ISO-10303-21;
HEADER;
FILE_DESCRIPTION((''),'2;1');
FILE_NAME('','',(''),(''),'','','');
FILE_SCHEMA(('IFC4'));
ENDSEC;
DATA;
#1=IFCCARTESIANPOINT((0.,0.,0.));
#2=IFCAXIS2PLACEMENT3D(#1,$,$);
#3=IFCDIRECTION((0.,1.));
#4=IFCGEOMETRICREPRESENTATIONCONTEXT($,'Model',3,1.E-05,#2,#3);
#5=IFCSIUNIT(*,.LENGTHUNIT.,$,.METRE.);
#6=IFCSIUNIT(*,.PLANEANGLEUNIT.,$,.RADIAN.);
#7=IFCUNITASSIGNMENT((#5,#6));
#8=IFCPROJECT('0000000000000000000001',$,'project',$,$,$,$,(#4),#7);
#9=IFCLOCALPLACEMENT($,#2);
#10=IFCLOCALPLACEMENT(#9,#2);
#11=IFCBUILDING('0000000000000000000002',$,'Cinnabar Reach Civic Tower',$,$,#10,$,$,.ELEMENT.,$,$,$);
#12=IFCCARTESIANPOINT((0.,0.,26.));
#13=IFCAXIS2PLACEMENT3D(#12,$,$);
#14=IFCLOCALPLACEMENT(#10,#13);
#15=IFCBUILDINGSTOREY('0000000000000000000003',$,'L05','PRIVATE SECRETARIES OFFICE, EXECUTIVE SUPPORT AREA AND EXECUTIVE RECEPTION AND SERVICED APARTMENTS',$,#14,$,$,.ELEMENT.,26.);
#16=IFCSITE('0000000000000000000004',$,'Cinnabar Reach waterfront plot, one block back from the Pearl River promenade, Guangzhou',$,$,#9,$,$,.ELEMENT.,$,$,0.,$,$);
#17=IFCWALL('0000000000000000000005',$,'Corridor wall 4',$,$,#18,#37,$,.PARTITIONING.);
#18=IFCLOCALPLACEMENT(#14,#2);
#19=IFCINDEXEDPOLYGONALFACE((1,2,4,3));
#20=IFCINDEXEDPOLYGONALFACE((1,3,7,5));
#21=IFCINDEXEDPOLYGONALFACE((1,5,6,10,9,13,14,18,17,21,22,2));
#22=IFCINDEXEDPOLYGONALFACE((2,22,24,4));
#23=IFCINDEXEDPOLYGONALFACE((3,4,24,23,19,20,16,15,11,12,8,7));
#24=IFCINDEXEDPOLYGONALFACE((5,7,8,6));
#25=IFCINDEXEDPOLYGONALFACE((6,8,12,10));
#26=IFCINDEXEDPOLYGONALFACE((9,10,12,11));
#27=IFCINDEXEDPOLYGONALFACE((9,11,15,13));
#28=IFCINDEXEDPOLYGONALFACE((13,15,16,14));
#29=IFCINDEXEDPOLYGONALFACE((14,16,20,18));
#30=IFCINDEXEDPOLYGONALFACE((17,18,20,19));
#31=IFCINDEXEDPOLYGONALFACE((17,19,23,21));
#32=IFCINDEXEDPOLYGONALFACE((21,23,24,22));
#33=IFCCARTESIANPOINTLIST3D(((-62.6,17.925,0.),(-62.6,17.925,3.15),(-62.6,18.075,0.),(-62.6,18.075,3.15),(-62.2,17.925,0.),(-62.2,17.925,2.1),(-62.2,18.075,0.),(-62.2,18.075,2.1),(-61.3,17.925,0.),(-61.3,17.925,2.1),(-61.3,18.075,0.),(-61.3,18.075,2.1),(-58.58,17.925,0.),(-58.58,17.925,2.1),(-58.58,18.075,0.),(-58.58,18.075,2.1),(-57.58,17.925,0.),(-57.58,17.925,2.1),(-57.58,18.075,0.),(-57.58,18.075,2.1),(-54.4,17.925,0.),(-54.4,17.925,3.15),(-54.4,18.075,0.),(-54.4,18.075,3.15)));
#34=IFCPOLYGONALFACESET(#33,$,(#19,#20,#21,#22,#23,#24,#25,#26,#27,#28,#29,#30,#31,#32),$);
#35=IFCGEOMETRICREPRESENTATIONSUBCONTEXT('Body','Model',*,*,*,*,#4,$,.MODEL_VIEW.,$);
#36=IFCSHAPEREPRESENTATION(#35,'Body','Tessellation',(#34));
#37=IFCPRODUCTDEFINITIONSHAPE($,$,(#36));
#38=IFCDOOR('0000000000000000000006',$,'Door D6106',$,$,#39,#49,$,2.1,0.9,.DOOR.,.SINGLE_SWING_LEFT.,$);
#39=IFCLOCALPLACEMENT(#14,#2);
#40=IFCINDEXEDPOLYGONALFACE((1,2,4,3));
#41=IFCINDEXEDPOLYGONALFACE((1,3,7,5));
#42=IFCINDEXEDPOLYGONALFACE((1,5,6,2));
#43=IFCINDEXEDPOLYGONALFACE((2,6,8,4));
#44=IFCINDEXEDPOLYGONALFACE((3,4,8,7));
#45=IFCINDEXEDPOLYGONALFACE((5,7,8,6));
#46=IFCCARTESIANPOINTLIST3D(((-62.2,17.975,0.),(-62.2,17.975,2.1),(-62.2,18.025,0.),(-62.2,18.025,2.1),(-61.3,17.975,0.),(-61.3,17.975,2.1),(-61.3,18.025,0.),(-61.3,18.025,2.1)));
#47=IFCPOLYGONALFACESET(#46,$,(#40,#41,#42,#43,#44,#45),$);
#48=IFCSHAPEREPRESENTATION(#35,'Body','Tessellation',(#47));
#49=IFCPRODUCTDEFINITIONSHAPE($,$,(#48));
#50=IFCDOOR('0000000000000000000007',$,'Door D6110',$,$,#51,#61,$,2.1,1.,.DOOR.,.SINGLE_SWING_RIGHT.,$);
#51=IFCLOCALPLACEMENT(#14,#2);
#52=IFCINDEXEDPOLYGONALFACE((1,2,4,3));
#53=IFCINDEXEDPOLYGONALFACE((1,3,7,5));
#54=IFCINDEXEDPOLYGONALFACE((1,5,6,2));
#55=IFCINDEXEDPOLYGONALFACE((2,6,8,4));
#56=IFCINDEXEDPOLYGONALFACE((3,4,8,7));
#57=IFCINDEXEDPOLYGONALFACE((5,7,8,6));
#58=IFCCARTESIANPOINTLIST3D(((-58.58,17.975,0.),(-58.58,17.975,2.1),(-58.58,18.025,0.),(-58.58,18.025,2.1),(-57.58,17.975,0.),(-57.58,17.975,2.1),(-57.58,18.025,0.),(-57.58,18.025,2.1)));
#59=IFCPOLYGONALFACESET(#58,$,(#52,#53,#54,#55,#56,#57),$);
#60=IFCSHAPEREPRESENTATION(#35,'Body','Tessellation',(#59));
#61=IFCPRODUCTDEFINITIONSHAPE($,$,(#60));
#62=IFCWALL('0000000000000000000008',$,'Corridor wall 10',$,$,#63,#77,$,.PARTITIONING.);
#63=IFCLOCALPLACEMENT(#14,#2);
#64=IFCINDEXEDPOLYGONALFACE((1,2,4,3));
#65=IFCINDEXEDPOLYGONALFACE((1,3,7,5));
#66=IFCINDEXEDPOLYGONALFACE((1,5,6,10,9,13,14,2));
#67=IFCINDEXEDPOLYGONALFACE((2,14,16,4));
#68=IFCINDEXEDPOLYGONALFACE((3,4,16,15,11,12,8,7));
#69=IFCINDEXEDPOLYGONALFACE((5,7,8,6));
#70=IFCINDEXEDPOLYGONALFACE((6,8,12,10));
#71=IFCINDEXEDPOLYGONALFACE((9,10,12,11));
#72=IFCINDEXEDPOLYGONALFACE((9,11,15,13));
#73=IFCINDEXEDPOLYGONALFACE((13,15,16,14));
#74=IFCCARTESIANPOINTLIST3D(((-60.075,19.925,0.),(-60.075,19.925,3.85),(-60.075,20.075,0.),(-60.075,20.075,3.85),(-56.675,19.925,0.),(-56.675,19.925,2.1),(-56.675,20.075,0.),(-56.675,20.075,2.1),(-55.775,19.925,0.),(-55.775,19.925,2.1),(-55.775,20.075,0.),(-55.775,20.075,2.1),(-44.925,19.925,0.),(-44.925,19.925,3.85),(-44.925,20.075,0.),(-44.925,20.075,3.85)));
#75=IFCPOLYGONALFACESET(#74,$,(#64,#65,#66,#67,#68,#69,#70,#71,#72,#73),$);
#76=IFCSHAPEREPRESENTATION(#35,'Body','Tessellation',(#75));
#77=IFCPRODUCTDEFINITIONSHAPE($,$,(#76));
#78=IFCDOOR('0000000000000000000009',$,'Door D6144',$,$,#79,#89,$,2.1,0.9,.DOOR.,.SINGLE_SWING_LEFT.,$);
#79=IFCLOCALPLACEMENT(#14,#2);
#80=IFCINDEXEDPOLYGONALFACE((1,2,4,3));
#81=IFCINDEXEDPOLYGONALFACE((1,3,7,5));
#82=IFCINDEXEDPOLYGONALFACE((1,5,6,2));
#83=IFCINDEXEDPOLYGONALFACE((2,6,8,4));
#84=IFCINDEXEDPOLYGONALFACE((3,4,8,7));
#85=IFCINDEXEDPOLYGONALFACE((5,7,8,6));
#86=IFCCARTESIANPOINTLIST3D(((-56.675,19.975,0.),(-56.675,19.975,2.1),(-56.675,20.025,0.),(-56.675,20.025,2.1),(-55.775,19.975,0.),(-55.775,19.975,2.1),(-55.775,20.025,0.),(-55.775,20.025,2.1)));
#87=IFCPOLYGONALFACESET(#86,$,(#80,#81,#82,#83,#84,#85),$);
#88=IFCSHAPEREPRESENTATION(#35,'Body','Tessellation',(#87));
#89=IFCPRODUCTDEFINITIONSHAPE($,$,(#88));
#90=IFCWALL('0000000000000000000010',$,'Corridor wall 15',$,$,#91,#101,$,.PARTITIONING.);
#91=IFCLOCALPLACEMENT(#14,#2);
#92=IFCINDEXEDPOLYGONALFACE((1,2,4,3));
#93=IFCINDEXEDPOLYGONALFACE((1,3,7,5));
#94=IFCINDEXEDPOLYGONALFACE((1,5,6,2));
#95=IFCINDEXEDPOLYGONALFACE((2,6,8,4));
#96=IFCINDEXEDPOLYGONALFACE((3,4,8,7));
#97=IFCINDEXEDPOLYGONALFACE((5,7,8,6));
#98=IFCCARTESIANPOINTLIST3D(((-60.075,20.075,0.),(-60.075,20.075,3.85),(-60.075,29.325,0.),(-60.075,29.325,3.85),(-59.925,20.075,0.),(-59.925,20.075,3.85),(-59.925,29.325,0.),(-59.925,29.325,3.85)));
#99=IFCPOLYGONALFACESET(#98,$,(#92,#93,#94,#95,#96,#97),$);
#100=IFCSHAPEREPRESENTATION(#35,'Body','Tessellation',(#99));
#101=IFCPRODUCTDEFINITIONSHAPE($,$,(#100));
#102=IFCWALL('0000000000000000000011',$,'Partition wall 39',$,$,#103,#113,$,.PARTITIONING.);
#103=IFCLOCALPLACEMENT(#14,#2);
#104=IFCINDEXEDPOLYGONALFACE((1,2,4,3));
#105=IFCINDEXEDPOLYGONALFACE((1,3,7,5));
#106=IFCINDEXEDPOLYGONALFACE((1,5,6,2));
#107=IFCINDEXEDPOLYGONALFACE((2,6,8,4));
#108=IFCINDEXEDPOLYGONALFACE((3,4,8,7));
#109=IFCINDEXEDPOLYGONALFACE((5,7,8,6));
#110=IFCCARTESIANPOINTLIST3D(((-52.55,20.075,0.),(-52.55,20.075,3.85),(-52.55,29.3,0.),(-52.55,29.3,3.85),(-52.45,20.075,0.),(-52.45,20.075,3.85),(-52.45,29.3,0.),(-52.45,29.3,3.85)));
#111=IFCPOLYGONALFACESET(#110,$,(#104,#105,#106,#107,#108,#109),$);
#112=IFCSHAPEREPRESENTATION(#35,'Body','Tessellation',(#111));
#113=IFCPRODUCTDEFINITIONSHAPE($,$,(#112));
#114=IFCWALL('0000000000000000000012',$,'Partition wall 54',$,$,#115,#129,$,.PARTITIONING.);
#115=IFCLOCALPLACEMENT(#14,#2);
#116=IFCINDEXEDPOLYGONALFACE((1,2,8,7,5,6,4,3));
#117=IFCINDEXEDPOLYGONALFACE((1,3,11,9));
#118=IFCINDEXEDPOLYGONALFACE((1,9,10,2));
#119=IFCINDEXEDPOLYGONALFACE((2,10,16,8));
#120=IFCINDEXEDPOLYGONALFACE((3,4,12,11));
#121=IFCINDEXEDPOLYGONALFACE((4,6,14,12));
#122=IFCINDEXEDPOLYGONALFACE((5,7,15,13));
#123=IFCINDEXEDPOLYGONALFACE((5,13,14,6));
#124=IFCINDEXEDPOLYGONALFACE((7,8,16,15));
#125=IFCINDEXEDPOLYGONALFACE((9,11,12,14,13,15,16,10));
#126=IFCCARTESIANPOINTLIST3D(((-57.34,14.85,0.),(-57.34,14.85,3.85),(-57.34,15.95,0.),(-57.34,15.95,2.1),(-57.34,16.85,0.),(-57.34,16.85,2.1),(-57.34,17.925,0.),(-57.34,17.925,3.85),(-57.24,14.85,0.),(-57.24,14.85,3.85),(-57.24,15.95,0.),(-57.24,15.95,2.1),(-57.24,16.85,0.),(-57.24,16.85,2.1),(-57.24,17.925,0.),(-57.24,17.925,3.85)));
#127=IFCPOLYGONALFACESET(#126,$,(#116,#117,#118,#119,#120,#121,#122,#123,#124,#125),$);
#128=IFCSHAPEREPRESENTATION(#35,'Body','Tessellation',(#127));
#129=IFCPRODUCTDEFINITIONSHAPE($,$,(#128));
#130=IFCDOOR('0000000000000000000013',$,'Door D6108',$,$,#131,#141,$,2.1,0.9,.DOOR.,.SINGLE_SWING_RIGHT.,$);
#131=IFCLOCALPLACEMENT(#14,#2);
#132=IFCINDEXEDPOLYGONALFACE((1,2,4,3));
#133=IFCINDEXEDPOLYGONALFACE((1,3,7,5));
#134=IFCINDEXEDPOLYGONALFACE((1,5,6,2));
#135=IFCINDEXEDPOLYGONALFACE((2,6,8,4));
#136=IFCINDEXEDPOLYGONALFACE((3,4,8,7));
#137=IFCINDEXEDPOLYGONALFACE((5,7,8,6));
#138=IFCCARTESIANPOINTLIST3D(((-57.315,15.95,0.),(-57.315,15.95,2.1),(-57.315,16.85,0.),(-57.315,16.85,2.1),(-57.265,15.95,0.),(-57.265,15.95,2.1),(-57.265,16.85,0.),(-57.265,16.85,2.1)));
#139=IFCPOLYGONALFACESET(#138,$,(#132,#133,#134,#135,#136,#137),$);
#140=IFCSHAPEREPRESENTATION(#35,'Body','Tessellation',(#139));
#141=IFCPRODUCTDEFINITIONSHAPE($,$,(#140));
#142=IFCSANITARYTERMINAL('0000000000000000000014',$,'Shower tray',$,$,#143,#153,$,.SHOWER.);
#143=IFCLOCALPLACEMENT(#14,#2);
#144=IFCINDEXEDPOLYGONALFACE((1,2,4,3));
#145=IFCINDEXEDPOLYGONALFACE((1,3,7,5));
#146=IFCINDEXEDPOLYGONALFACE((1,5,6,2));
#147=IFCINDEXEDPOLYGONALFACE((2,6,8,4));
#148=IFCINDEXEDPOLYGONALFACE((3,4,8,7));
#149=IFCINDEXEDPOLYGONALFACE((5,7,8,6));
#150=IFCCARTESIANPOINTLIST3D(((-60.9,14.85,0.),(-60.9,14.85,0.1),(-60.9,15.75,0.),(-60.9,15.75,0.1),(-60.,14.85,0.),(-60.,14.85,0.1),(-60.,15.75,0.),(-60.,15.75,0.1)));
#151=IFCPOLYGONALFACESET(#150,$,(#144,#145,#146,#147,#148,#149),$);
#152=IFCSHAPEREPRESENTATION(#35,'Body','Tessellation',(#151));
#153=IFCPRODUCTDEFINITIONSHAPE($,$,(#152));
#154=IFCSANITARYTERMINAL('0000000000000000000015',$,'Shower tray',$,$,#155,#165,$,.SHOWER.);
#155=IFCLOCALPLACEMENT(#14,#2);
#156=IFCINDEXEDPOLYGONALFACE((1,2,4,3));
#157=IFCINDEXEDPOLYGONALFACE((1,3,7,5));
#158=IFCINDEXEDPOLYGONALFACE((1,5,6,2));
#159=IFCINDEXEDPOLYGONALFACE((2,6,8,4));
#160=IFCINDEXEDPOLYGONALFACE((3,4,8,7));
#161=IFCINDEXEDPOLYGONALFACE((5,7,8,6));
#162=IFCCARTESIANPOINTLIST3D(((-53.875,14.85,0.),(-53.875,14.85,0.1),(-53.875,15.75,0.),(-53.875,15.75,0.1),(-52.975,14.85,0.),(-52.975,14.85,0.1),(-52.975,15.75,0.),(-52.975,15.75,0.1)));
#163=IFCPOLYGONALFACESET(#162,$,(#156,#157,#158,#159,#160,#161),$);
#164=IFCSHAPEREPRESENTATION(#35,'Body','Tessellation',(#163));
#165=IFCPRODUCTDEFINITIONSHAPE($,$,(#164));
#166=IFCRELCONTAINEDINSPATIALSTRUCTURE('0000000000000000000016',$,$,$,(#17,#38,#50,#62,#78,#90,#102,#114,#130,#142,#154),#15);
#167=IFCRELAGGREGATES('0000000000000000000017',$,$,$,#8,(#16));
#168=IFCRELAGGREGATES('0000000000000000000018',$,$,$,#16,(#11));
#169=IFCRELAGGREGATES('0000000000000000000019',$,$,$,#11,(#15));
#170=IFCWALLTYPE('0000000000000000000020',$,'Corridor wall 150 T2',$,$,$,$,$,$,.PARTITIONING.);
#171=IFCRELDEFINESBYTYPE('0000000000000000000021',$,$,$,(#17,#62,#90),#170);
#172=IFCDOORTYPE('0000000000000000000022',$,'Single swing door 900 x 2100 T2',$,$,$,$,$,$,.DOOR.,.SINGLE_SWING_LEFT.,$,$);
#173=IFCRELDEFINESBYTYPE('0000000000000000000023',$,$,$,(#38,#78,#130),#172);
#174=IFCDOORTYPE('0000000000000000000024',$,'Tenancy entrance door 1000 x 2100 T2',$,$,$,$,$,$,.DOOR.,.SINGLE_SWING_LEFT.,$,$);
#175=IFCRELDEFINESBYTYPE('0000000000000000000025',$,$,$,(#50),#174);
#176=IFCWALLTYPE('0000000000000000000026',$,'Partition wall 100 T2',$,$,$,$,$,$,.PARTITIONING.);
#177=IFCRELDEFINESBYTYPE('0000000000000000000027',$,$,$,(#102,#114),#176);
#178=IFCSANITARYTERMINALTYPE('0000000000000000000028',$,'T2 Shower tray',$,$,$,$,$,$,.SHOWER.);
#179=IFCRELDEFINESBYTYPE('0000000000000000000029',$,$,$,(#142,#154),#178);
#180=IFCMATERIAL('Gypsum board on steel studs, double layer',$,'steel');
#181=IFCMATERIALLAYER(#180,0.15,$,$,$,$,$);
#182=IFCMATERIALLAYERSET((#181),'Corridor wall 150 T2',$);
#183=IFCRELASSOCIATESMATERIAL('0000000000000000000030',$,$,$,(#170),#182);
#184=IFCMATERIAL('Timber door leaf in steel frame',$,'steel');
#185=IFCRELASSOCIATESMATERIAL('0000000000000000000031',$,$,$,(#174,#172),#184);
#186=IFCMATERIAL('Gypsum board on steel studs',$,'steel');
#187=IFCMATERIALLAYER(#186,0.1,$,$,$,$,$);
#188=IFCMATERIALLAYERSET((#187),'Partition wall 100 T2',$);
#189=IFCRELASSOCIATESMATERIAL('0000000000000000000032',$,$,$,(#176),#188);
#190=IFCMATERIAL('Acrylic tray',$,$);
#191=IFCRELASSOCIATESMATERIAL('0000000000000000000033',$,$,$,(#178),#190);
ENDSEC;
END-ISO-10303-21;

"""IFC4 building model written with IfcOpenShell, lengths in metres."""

from ifc_helpers import new_model, si_unit, direction, frame, frame_2d, origin, origin_2d, place, context, subcontext, project, spatial, rectangle, extrude, material, layer, layer_set, type_object, element, fill, save


model = new_model("IFC4")

# Units and contexts
model_context = context("Model", 3, precision=1e-05, world=origin(), true_north=direction((0.0, 1.0)))
body_context = subcontext(model_context, "Body", "Model", "MODEL_VIEW")
ifc_project = project(units=[si_unit("LENGTHUNIT", "METRE"), si_unit("PLANEANGLEUNIT", "RADIAN")], contexts=[model_context])

# Site, building, storey
site_placement = place(None, origin())
site = spatial("IfcSite", under=ifc_project, at=site_placement, Name="Cinnabar Reach waterfront plot, one block back from the Pearl River promenade, Guangzhou", CompositionType="ELEMENT", RefElevation=0.0)
building_placement = place(site_placement, origin())
building = spatial("IfcBuilding", under=site, at=building_placement, Name="Cinnabar Reach Civic Tower", CompositionType="ELEMENT")
storey_placement = place(building_placement, frame((0.0, 0.0, 26.0)))
storey = spatial("IfcBuildingStorey", under=building, at=storey_placement, Name="L05", Description="PRIVATE SECRETARIES OFFICE, EXECUTIVE SUPPORT AREA AND EXECUTIVE RECEPTION AND SERVICED APARTMENTS", CompositionType="ELEMENT", Elevation=26.0)

# Shared definitions
ifc_material_1 = material(Name="Gypsum board on steel studs, double layer", Category="steel")
ifc_layer_1 = layer(ifc_material_1, 0.15)
ifc_layer_set_1 = layer_set([ifc_layer_1], Name="Corridor wall 150 T2")
wall_type_1 = type_object("IfcWallType", Name="Corridor wall 150 T2", PredefinedType="PARTITIONING", material=ifc_layer_set_1)
ifc_material_2 = material(Name="Timber door leaf in steel frame", Category="steel")
door_type_1 = type_object("IfcDoorType", Name="Tenancy entrance door 1000 x 2100 T2", OperationType="SINGLE_SWING_LEFT", PredefinedType="DOOR", material=ifc_material_2)

# Wall, openings, doors
wall_1_placement = place(storey_placement, frame((-62.6, 18.0, 0.0), z_axis=(0.0, 0.0, 1.0), x_axis=(1.0, 0.0, 0.0)))
wall_1 = element("IfcWall", 1, at=wall_1_placement, inside=storey, type_object=wall_type_1, Name="Corridor wall 4", PredefinedType="PARTITIONING", context=body_context, shape_type="SweptSolid", body=[
    extrude(rectangle(XDim=8.2, YDim=0.15, at=frame_2d((4.1, 0.0))), origin(), (0.0, 0.0, 1.0), 3.15),
])
opening_1_placement = place(wall_1_placement, frame((0.4, 0.0, 0.0)))
opening_1 = element("IfcOpeningElement", 2, at=opening_1_placement, cuts=wall_1, PredefinedType="OPENING", context=body_context, shape_type="SweptSolid", body=[
    extrude(rectangle(XDim=0.9, YDim=2.1, at=frame_2d((0.45, 1.05))), frame((0.0, 0.085, 0.0), z_axis=(0.0, -1.0, 0.0), x_axis=(1.0, 0.0, 0.0)), (0.0, 0.0, 1.0), 0.17),
])
opening_2_placement = place(wall_1_placement, frame((4.02, 0.0, 0.0)))
opening_2 = element("IfcOpeningElement", 3, at=opening_2_placement, cuts=wall_1, PredefinedType="OPENING", context=body_context, shape_type="SweptSolid", body=[
    extrude(rectangle(XDim=1.0, YDim=2.1, at=frame_2d((0.5, 1.05))), frame((0.0, 0.085, 0.0), z_axis=(0.0, -1.0, 0.0), x_axis=(1.0, 0.0, 0.0)), (0.0, 0.0, 1.0), 0.17),
])
door_type_2 = type_object("IfcDoorType", Name="Single swing door 900 x 2100 T2", OperationType="SINGLE_SWING_LEFT", PredefinedType="DOOR", material=ifc_material_2)
door_1_placement = place(opening_1_placement, frame((0.9, 0.0, 0.0), z_axis=(0.0, 0.0, 1.0), x_axis=(-1.0, 0.0, 0.0)))
door_1 = element("IfcDoor", 4, at=door_1_placement, inside=storey, type_object=door_type_2, Name="Door D6106", OperationType="SINGLE_SWING_LEFT", OverallHeight=2.1, OverallWidth=0.9, PredefinedType="DOOR", context=body_context, shape_type="SweptSolid", body=[
    extrude(rectangle(XDim=0.9, YDim=2.1, at=frame_2d((0.45, 1.05))), frame((0.0, 0.025, 0.0), z_axis=(0.0, -1.0, 0.0), x_axis=(1.0, 0.0, 0.0)), (0.0, 0.0, 1.0), 0.05),
])
fill(opening_1, door_1)
door_2_placement = place(opening_2_placement, frame((1.0, 0.0, 0.0), z_axis=(0.0, 0.0, 1.0), x_axis=(-1.0, 0.0, 0.0)))
door_2 = element("IfcDoor", 5, at=door_2_placement, inside=storey, type_object=door_type_1, Name="Door D6110", OperationType="SINGLE_SWING_RIGHT", OverallHeight=2.1, OverallWidth=1.0, PredefinedType="DOOR", context=body_context, shape_type="SweptSolid", body=[
    extrude(rectangle(XDim=1.0, YDim=2.1, at=frame_2d((0.5, 1.05))), frame((0.0, 0.025, 0.0), z_axis=(0.0, -1.0, 0.0), x_axis=(1.0, 0.0, 0.0)), (0.0, 0.0, 1.0), 0.05),
])
fill(opening_2, door_2)

# Wall, opening, door
wall_2_placement = place(storey_placement, frame((-60.075, 20.0, 0.0), z_axis=(0.0, 0.0, 1.0), x_axis=(1.0, 0.0, 0.0)))
wall_2 = element("IfcWall", 6, at=wall_2_placement, inside=storey, type_object=wall_type_1, Name="Corridor wall 10", PredefinedType="PARTITIONING", context=body_context, shape_type="SweptSolid", body=[
    extrude(rectangle(XDim=15.15, YDim=0.15, at=frame_2d((7.575, 0.0))), origin(), (0.0, 0.0, 1.0), 3.85),
])
opening_3_placement = place(wall_2_placement, frame((3.4, 0.0, 0.0)))
opening_3 = element("IfcOpeningElement", 7, at=opening_3_placement, cuts=wall_2, PredefinedType="OPENING", context=body_context, shape_type="SweptSolid", body=[
    extrude(rectangle(XDim=0.9, YDim=2.1, at=frame_2d((0.45, 1.05))), frame((0.0, 0.085, 0.0), z_axis=(0.0, -1.0, 0.0), x_axis=(1.0, 0.0, 0.0)), (0.0, 0.0, 1.0), 0.17),
])
door_3_placement = place(opening_3_placement, origin())
door_3 = element("IfcDoor", 8, at=door_3_placement, inside=storey, type_object=door_type_2, Name="Door D6144", OperationType="SINGLE_SWING_LEFT", OverallHeight=2.1, OverallWidth=0.9, PredefinedType="DOOR", context=body_context, shape_type="SweptSolid", body=[
    extrude(rectangle(XDim=0.9, YDim=2.1, at=frame_2d((0.45, 1.05))), frame((0.0, 0.025, 0.0), z_axis=(0.0, -1.0, 0.0), x_axis=(1.0, 0.0, 0.0)), (0.0, 0.0, 1.0), 0.05),
])
fill(opening_3, door_3)

# Walls
wall_3_placement = place(storey_placement, frame((-60.0, 20.075, 0.0), z_axis=(0.0, 0.0, 1.0), x_axis=(0.0, 1.0, 0.0)))
element("IfcWall", 9, at=wall_3_placement, inside=storey, type_object=wall_type_1, Name="Corridor wall 15", PredefinedType="PARTITIONING", context=body_context, shape_type="SweptSolid", body=[
    extrude(rectangle(XDim=9.25, YDim=0.15, at=frame_2d((4.625, 0.0))), origin(), (0.0, 0.0, 1.0), 3.85),
])
ifc_material_3 = material(Name="Gypsum board on steel studs", Category="steel")
ifc_layer_2 = layer(ifc_material_3, 0.1)
ifc_layer_set_2 = layer_set([ifc_layer_2], Name="Partition wall 100 T2")
wall_type_2 = type_object("IfcWallType", Name="Partition wall 100 T2", PredefinedType="PARTITIONING", material=ifc_layer_set_2)
wall_4_placement = place(storey_placement, frame((-52.5, 20.075, 0.0), z_axis=(0.0, 0.0, 1.0), x_axis=(0.0, 1.0, 0.0)))
element("IfcWall", 10, at=wall_4_placement, inside=storey, type_object=wall_type_2, Name="Partition wall 39", PredefinedType="PARTITIONING", context=body_context, shape_type="SweptSolid", body=[
    extrude(rectangle(XDim=9.225, YDim=0.1, at=frame_2d((4.6125, 0.0))), origin(), (0.0, 0.0, 1.0), 3.85),
])

# Wall, opening, door
wall_5_placement = place(storey_placement, frame((-57.29, 14.85, 0.0), z_axis=(0.0, 0.0, 1.0), x_axis=(0.0, 1.0, 0.0)))
wall_5 = element("IfcWall", 11, at=wall_5_placement, inside=storey, type_object=wall_type_2, Name="Partition wall 54", PredefinedType="PARTITIONING", context=body_context, shape_type="SweptSolid", body=[
    extrude(rectangle(XDim=3.075, YDim=0.1, at=frame_2d((1.5375, 0.0))), origin(), (0.0, 0.0, 1.0), 3.85),
])
opening_4_placement = place(wall_5_placement, frame((1.1, 0.0, 0.0)))
opening_4 = element("IfcOpeningElement", 12, at=opening_4_placement, cuts=wall_5, PredefinedType="OPENING", context=body_context, shape_type="SweptSolid", body=[
    extrude(rectangle(XDim=0.9, YDim=2.1, at=frame_2d((0.45, 1.05))), frame((0.0, 0.06, 0.0), z_axis=(0.0, -1.0, 0.0), x_axis=(1.0, 0.0, 0.0)), (0.0, 0.0, 1.0), 0.12),
])
door_4_placement = place(opening_4_placement, origin())
door_4 = element("IfcDoor", 13, at=door_4_placement, inside=storey, type_object=door_type_2, Name="Door D6108", OperationType="SINGLE_SWING_RIGHT", OverallHeight=2.1, OverallWidth=0.9, PredefinedType="DOOR", context=body_context, shape_type="SweptSolid", body=[
    extrude(rectangle(XDim=0.9, YDim=2.1, at=frame_2d((0.45, 1.05))), frame((0.0, 0.025, 0.0), z_axis=(0.0, -1.0, 0.0), x_axis=(1.0, 0.0, 0.0)), (0.0, 0.0, 1.0), 0.05),
])
fill(opening_4, door_4)

# Sanitary terminals
ifc_material_4 = material(Name="Acrylic tray")
sanitary_terminal_type_1 = type_object("IfcSanitaryTerminalType", Name="T2 Shower tray", PredefinedType="SHOWER", material=ifc_material_4)
for number, where, z_axis, x_axis, name in (
    (14, (-60.45, 15.3, 0.0), (0.0, 0.0, 1.0), (1.0, 0.0, 0.0), "Shower tray"),
    (15, (-53.425, 15.3, 0.0), (0.0, 0.0, 1.0), (1.0, 0.0, 0.0), "Shower tray"),
):
    element("IfcSanitaryTerminal", number, at=place(storey_placement, frame(where, z_axis=z_axis, x_axis=x_axis)), inside=storey, type_object=sanitary_terminal_type_1, Name=name, PredefinedType="SHOWER", context=body_context, shape_type="SweptSolid", body=[
        extrude(rectangle(XDim=0.9, YDim=0.9, at=origin_2d()), origin(), (0.0, 0.0, 1.0), 0.1),
    ])

save(model, "model.ifc")
